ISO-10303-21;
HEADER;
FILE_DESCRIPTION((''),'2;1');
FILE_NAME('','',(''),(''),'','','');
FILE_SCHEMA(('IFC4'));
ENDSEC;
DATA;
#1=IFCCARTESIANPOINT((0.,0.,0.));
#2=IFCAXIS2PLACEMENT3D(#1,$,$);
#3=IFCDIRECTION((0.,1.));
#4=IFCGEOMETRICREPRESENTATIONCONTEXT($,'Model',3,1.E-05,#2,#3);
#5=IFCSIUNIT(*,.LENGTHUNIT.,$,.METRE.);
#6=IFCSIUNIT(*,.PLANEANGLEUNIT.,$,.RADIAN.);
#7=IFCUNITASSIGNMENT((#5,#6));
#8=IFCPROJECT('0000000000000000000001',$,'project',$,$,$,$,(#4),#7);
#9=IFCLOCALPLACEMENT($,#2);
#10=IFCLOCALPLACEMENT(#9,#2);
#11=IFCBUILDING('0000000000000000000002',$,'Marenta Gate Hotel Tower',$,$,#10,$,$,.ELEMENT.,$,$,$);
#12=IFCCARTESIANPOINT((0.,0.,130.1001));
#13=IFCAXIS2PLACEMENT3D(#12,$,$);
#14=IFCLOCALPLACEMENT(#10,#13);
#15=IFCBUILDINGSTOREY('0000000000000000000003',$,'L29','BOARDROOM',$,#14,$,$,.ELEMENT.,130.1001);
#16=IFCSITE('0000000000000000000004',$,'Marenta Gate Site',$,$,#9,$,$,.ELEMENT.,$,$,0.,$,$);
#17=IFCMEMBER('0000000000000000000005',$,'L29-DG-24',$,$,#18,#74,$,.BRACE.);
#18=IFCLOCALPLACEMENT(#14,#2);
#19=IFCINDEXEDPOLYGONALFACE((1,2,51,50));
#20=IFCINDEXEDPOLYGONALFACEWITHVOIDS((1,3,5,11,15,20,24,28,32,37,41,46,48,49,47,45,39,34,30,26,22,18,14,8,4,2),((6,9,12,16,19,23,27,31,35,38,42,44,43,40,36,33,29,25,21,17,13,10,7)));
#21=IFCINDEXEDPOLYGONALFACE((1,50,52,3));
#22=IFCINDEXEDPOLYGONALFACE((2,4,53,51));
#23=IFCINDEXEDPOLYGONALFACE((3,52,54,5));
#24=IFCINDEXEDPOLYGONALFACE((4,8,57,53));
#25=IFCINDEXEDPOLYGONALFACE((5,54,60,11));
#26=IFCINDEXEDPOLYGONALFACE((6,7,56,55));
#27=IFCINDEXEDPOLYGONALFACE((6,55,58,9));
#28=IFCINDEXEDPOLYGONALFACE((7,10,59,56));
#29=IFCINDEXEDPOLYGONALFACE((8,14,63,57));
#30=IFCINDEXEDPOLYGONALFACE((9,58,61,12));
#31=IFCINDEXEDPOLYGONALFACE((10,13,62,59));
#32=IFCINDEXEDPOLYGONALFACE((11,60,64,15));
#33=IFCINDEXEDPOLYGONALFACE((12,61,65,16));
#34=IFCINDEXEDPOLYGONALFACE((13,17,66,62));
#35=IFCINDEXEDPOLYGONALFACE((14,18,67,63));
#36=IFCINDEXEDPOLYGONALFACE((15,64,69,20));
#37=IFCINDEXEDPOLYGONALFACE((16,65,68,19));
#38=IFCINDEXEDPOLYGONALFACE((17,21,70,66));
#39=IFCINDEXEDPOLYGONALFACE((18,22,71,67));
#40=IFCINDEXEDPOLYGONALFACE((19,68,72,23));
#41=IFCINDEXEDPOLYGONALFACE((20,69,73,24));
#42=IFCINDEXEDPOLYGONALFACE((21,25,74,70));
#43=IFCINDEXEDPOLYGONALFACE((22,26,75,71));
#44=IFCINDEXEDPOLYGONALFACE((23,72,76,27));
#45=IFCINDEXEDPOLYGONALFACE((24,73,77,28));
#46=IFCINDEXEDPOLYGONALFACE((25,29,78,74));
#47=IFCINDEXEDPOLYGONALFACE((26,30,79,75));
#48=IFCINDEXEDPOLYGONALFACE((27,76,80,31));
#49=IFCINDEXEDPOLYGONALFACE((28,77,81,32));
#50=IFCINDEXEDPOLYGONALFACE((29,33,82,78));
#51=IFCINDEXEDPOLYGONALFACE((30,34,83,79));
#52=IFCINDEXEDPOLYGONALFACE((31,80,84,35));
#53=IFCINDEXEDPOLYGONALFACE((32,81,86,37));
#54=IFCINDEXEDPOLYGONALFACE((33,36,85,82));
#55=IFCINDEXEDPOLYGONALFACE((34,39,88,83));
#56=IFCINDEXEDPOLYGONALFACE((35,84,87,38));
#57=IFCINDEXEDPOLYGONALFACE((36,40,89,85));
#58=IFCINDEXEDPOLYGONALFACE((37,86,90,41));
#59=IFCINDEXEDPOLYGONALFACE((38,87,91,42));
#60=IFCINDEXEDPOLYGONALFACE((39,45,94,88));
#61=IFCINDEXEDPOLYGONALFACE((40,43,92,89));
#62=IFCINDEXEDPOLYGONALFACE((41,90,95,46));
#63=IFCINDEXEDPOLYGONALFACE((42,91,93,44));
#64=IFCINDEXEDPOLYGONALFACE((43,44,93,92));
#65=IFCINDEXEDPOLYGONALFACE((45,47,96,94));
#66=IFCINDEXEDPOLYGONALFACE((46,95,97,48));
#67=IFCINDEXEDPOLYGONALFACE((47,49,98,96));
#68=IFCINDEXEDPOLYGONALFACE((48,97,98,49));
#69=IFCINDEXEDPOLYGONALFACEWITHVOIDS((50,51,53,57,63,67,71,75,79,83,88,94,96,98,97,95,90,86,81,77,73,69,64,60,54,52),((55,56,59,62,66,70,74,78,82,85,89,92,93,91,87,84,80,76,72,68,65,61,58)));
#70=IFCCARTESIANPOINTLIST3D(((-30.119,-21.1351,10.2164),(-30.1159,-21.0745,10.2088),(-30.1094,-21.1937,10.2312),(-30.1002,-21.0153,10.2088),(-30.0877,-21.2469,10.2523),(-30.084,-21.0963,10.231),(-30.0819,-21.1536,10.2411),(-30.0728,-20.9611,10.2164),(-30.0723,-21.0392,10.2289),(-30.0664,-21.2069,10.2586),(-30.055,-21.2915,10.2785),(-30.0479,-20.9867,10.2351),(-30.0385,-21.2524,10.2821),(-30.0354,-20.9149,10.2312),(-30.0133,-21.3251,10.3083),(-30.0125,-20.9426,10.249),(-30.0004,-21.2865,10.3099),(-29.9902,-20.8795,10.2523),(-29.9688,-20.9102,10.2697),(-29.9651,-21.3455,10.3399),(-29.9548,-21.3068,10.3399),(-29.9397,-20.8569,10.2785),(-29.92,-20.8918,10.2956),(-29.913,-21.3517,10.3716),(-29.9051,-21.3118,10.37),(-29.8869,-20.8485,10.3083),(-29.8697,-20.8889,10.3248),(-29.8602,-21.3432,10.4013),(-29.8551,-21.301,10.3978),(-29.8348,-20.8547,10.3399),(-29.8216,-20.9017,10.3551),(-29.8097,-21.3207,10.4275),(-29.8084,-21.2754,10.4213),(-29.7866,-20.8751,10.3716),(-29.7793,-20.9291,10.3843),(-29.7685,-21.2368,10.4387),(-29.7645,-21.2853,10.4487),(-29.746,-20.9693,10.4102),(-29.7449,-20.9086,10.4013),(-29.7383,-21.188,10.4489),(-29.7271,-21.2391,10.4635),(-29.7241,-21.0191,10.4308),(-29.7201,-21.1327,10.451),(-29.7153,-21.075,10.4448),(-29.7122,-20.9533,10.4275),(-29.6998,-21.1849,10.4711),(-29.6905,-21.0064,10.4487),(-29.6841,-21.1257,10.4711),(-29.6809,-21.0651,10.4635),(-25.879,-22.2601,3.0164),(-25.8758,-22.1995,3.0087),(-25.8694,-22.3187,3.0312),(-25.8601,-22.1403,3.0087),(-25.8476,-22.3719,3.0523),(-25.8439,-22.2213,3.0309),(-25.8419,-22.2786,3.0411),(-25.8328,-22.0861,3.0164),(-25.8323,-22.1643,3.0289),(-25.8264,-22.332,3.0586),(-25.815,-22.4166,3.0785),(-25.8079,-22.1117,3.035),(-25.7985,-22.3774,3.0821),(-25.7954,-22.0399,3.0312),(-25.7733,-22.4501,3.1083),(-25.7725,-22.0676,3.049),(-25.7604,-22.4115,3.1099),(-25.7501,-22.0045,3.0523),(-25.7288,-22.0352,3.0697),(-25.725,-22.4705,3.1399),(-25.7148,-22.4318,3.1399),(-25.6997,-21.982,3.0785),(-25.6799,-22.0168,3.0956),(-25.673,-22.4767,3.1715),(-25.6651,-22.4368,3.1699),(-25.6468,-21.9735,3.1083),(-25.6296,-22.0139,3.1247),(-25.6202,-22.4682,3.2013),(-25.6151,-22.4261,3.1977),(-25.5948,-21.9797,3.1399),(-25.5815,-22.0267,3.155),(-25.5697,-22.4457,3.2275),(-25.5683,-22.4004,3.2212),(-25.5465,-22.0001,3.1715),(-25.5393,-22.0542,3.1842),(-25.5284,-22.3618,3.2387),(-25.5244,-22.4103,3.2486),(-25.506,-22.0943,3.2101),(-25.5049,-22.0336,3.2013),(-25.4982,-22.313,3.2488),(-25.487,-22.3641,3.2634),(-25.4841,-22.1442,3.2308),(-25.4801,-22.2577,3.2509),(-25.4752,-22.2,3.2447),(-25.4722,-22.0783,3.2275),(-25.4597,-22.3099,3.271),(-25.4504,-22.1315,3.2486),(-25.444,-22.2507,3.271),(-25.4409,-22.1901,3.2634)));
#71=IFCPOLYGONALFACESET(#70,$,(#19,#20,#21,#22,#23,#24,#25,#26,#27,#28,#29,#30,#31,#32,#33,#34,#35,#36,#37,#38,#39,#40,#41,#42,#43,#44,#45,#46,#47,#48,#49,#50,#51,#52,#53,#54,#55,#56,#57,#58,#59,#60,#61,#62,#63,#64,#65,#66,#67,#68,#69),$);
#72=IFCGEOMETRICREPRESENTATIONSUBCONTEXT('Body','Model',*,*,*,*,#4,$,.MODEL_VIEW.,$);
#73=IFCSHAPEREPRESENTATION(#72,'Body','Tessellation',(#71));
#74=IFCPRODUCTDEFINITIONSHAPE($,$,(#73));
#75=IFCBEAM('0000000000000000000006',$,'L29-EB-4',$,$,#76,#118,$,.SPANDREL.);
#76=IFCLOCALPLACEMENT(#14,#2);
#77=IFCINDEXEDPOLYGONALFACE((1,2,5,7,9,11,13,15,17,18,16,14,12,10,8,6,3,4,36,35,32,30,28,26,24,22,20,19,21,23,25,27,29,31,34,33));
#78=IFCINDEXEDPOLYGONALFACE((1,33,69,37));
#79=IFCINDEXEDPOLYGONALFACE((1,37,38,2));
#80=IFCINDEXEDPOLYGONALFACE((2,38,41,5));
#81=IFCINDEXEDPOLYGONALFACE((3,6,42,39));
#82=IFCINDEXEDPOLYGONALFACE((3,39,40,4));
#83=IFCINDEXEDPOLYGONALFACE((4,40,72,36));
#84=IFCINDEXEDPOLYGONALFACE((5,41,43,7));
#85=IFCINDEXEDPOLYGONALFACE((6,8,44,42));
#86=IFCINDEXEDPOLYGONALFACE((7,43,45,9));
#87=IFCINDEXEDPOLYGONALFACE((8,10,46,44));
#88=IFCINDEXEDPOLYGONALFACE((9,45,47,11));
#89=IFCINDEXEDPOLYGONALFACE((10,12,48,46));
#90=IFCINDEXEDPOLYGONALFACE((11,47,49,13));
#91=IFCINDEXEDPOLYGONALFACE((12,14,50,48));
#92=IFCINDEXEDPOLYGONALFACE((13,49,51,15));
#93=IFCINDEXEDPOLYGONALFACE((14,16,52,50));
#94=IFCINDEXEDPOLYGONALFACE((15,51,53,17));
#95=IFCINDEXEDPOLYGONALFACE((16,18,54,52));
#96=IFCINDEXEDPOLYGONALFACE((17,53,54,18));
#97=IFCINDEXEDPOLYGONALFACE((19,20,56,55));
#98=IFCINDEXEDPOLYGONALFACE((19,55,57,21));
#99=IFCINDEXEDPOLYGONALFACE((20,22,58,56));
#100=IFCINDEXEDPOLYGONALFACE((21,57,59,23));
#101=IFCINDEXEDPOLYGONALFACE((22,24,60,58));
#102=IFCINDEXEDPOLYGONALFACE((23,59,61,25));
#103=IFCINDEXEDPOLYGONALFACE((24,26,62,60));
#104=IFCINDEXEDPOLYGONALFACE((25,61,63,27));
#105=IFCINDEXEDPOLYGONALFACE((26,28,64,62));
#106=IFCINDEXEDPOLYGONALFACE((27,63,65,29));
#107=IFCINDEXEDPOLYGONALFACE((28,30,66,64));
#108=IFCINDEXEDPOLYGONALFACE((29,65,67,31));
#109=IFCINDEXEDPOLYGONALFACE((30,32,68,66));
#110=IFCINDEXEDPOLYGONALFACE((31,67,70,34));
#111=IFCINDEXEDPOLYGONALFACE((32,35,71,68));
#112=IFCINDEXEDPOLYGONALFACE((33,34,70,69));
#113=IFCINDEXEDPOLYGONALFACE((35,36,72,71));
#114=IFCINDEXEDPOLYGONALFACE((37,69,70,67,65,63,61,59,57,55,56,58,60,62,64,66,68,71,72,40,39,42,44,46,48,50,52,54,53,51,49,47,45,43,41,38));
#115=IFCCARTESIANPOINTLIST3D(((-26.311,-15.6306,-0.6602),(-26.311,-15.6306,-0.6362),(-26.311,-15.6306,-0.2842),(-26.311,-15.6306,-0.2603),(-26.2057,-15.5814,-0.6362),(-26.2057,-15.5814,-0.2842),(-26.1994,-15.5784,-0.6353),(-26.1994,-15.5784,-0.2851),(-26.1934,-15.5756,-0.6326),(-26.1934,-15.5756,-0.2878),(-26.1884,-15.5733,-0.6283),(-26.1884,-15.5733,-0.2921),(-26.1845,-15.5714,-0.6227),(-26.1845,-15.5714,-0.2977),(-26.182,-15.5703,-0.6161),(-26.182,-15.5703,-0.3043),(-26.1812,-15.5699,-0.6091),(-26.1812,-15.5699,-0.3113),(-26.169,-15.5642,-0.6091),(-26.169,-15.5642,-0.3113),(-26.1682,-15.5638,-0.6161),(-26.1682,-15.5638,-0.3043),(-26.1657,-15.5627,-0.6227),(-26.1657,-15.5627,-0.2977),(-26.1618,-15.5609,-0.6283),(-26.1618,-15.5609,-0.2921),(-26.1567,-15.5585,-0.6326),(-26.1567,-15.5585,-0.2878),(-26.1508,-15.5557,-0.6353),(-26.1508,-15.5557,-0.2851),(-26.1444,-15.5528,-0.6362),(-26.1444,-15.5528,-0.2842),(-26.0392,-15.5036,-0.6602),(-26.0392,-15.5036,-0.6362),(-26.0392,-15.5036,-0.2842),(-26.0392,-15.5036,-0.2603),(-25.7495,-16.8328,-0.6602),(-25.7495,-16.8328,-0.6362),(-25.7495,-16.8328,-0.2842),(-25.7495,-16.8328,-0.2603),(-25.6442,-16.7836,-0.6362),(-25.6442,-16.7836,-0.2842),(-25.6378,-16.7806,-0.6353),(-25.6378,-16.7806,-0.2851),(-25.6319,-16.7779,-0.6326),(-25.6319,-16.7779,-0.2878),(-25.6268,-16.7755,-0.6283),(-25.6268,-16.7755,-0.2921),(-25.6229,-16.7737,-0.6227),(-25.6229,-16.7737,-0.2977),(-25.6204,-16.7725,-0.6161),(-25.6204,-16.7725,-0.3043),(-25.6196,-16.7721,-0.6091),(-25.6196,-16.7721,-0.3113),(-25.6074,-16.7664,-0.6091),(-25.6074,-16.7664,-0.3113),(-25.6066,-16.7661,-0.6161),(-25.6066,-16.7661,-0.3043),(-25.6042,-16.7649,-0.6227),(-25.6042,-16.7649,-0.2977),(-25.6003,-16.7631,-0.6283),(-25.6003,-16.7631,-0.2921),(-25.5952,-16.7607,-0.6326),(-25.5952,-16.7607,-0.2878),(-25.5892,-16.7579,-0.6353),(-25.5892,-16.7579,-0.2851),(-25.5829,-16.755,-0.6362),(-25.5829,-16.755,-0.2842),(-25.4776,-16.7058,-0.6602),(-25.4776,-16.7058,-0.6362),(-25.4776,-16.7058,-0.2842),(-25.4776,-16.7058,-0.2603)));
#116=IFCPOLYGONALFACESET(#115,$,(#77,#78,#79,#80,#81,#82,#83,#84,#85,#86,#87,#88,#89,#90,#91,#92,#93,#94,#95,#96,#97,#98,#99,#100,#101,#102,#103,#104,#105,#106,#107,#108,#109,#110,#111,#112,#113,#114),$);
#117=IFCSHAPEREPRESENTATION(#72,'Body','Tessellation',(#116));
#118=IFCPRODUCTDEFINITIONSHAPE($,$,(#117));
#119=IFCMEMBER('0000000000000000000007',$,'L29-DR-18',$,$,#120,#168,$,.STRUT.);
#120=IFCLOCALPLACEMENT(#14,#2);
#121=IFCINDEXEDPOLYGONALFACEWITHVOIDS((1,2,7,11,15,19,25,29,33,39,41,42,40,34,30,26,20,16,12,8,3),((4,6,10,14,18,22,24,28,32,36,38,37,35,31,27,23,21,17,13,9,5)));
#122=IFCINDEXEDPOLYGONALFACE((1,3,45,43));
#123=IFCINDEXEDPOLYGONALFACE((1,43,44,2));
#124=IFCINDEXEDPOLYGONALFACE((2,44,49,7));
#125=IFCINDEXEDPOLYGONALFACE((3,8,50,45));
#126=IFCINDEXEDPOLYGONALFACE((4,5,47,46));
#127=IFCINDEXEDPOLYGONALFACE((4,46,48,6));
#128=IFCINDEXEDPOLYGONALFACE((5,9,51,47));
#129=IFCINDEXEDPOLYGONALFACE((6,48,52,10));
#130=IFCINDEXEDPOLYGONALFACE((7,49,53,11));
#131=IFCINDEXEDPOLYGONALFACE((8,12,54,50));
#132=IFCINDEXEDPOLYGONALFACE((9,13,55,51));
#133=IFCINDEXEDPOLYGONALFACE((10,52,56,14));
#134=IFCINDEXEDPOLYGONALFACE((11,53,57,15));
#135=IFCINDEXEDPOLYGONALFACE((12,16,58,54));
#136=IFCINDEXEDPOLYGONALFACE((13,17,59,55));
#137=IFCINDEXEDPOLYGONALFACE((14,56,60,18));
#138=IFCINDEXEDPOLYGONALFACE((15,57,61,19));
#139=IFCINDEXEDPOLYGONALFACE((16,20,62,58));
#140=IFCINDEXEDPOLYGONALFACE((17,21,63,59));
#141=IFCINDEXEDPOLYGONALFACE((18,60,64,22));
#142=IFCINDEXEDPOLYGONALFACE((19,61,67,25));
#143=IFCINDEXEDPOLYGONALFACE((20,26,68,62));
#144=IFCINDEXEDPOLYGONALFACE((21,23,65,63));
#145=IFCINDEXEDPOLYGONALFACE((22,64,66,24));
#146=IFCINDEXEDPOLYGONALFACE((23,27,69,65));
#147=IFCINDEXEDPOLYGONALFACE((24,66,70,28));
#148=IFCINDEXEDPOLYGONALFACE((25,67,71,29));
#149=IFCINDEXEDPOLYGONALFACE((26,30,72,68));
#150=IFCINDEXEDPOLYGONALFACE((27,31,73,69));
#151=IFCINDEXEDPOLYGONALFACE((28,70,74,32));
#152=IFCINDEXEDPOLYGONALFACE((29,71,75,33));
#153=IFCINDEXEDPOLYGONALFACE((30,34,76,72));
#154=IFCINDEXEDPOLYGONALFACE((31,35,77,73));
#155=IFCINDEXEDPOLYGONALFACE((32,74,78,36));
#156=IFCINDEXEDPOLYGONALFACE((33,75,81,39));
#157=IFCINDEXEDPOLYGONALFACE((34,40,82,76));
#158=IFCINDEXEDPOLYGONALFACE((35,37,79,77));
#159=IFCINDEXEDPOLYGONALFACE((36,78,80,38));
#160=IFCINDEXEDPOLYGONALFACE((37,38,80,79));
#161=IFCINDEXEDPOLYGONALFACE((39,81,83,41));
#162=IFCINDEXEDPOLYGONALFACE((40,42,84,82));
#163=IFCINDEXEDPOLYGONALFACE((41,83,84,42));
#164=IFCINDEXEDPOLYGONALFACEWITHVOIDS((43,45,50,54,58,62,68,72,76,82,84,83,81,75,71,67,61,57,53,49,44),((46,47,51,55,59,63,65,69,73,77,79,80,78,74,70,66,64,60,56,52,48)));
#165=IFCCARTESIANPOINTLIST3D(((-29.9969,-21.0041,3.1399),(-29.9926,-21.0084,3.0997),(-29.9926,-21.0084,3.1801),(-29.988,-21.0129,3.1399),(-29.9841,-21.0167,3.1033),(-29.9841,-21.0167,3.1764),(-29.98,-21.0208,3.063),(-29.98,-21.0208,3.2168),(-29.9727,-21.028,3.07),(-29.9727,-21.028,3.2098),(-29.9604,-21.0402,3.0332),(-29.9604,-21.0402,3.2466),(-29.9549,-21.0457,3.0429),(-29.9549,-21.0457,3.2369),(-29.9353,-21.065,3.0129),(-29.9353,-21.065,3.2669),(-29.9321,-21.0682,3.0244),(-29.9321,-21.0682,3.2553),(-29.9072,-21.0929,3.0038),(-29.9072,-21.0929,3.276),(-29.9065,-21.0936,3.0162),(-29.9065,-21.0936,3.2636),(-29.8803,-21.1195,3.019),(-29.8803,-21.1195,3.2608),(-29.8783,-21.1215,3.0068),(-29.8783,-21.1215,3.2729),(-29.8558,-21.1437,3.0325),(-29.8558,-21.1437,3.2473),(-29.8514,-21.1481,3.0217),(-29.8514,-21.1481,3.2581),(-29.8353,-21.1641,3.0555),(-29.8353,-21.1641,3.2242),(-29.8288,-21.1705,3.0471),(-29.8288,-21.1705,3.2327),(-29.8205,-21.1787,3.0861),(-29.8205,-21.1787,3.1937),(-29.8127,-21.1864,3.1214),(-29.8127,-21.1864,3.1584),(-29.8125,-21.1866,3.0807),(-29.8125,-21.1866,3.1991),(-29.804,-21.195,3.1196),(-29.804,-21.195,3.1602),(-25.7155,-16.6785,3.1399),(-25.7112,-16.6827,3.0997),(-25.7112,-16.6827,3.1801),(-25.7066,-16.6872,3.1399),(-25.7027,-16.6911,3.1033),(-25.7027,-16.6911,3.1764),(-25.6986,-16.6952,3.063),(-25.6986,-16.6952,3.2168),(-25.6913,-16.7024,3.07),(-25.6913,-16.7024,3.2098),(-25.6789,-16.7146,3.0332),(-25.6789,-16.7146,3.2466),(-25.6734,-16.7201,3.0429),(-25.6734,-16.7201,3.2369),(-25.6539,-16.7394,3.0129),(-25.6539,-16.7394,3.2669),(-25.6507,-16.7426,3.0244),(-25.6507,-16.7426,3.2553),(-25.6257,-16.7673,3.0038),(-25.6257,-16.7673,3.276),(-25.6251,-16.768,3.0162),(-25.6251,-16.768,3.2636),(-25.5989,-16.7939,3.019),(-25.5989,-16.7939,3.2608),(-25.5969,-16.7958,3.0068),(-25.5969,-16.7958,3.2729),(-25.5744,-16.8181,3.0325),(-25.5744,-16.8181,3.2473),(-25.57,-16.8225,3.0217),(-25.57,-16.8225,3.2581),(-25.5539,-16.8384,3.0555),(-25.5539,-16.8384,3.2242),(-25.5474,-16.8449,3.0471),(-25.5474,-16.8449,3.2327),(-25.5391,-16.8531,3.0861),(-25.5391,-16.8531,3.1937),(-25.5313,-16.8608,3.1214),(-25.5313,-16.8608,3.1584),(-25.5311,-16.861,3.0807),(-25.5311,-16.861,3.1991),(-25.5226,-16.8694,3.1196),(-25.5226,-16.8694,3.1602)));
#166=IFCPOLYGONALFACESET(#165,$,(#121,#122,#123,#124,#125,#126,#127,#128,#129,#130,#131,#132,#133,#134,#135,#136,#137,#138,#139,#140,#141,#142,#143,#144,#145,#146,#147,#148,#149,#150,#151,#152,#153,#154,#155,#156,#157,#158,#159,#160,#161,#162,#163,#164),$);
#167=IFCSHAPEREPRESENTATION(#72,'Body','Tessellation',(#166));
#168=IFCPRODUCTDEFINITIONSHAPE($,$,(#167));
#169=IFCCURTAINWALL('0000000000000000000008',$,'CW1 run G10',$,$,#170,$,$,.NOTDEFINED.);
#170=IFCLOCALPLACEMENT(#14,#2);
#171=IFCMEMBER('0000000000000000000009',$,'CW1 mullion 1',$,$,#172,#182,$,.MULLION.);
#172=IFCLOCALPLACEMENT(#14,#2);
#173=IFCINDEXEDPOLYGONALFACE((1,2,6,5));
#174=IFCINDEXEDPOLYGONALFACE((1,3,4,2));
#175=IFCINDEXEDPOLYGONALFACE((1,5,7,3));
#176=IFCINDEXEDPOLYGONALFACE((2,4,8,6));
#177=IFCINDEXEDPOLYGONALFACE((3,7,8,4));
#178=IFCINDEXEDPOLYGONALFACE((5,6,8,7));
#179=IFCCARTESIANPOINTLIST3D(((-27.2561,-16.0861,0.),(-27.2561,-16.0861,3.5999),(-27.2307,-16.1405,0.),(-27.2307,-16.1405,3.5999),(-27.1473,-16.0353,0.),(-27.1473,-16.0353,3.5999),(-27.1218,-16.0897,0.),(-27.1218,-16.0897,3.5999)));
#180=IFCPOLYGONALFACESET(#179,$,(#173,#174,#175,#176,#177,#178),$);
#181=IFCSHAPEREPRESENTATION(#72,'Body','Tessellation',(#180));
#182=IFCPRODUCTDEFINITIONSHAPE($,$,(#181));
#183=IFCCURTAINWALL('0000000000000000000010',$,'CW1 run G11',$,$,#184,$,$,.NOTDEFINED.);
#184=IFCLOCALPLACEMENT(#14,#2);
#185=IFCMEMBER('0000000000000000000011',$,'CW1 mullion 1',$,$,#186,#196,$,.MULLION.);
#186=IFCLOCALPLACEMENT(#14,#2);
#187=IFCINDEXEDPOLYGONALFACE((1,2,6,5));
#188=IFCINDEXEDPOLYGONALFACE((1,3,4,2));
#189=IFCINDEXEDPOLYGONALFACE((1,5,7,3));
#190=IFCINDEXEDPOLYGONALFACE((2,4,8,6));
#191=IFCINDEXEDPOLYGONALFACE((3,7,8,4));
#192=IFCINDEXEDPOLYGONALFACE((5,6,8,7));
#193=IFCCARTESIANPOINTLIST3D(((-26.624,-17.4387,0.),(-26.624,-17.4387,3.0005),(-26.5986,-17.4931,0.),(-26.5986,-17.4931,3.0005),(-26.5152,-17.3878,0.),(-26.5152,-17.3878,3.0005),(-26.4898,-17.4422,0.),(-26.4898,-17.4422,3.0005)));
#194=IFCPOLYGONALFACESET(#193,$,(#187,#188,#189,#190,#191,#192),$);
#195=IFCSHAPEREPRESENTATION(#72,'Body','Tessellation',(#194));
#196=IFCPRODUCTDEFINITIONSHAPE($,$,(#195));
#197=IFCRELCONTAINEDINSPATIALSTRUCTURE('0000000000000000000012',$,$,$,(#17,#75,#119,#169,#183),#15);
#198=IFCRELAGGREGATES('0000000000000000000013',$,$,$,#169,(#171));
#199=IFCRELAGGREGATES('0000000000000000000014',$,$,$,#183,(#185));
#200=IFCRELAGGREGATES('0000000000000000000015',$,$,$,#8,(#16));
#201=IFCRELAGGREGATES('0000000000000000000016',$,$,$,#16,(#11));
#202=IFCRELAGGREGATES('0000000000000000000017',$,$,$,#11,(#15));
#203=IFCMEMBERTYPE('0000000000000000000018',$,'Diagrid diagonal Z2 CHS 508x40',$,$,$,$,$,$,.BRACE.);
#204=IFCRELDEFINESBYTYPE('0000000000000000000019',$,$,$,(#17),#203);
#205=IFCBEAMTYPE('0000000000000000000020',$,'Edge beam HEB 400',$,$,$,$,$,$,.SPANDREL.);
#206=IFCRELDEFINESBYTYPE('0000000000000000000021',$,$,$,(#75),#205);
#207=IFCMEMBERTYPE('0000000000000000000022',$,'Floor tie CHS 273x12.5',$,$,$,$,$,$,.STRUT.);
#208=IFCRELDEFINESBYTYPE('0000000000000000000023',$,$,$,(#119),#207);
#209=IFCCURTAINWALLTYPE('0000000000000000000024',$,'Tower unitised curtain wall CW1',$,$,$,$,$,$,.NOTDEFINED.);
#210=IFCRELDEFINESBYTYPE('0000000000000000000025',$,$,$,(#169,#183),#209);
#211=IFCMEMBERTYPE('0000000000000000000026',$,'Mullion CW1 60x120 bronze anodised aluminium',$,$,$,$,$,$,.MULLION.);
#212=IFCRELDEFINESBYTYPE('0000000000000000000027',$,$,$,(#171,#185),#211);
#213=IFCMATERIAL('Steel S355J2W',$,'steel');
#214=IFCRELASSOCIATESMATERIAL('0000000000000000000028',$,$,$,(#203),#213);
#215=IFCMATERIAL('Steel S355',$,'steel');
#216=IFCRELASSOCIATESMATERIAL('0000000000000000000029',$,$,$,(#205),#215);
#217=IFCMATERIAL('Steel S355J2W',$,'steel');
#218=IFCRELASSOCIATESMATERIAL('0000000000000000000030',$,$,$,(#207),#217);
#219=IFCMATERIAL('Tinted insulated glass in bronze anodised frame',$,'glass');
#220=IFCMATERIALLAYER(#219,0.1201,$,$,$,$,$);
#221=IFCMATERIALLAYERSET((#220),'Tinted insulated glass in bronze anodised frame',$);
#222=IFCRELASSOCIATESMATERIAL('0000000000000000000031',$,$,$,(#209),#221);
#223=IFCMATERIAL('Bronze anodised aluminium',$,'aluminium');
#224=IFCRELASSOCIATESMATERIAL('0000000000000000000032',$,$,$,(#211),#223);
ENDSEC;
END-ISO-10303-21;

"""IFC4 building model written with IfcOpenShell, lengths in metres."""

from ifc_helpers import new_model, si_unit, direction, frame, origin, origin_2d, place, context, subcontext, project, spatial, rectangle, hollow_circle, i_section, extrude, material, layer, layer_set, material_profile, profile_set, type_object, element, aggregate, save


model = new_model("IFC4")

# Units and contexts
model_context = context("Model", 3, precision=1e-05, world=origin(), true_north=direction((0.0, 1.0)))
body_context = subcontext(model_context, "Body", "Model", "MODEL_VIEW")
ifc_project = project(units=[si_unit("LENGTHUNIT", "METRE"), si_unit("PLANEANGLEUNIT", "RADIAN")], contexts=[model_context])

# Site, building, storey
site_placement = place(None, origin())
site = spatial("IfcSite", under=ifc_project, at=site_placement, Name="Marenta Gate Site", CompositionType="ELEMENT", RefElevation=0.0)
building_placement = place(site_placement, origin())
building = spatial("IfcBuilding", under=site, at=building_placement, Name="Marenta Gate Hotel Tower", CompositionType="ELEMENT")
storey_placement = place(building_placement, frame((0.0, 0.0, 130.1001)))
storey = spatial("IfcBuildingStorey", under=building, at=storey_placement, Name="L29", Description="BOARDROOM", CompositionType="ELEMENT", Elevation=130.1001)

# Member
ifc_material_1 = material(Name="Steel S355J2W", Category="steel")
ifc_material_profile_1 = material_profile(ifc_material_1, hollow_circle(Radius=0.2539, WallThickness=0.04, at=origin_2d()), Name="CHS 508x40")
ifc_profile_set_1 = profile_set([ifc_material_profile_1], Name="Steel S355J2W")
member_type_1 = type_object("IfcMemberType", Name="Diagrid diagonal Z2 CHS 508x40", PredefinedType="BRACE", material=ifc_profile_set_1)
member_1_placement = place(storey_placement, frame((-25.6599, -22.2251, 3.1399), z_axis=(-0.502902, 0.133435, 0.853981), x_axis=(-0.256457, -0.966556, 0.0)))
element("IfcMember", 1, at=member_1_placement, inside=storey, type_object=member_type_1, Name="L29-DG-24", PredefinedType="BRACE", context=body_context, shape_type="SweptSolid", body=[
    extrude(hollow_circle(Radius=0.2539, WallThickness=0.04, at=origin_2d()), origin(), (0.0, 0.0, 1.0), 8.4312),
])

# Beam
ifc_material_2 = material(Name="Steel S355", Category="steel")
ifc_material_profile_2 = material_profile(ifc_material_2, i_section(OverallWidth=0.3, OverallDepth=0.3999, WebThickness=0.0134, FlangeThickness=0.0239, FilletRadius=0.0271, at=origin_2d()), Name="HEB 400")
ifc_profile_set_2 = profile_set([ifc_material_profile_2], Name="Steel S355")
beam_type = type_object("IfcBeamType", Name="Edge beam HEB 400", PredefinedType="SPANDREL", material=ifc_profile_set_2)
beam_placement = place(storey_placement, frame((-25.6135, -16.7693, -0.4602), z_axis=(-0.423208, 0.906033, 0.0), x_axis=(-0.906033, -0.423208, 0.0)))
element("IfcBeam", 2, at=beam_placement, inside=storey, type_object=beam_type, Name="L29-EB-4", PredefinedType="SPANDREL", context=body_context, shape_type="SweptSolid", body=[
    extrude(i_section(OverallWidth=0.3, OverallDepth=0.3999, WebThickness=0.0134, FlangeThickness=0.0239, FilletRadius=0.0271, at=origin_2d()), origin(), (0.0, 0.0, 1.0), 1.3269),
])

# Member
ifc_material_3 = material(Name="Steel S355J2W", Category="steel")
ifc_material_profile_3 = material_profile(ifc_material_3, hollow_circle(Radius=0.1365, WallThickness=0.0125, at=origin_2d()), Name="CHS 273x12.5")
ifc_profile_set_3 = profile_set([ifc_material_profile_3], Name="Steel S355J2W")
member_type_2 = type_object("IfcMemberType", Name="Floor tie CHS 273x12.5", PredefinedType="STRUT", material=ifc_profile_set_3)
member_2_placement = place(storey_placement, frame((-29.8999, -21.1001, 3.1399), z_axis=(0.703467, 0.710728, 0.0), x_axis=(-0.710728, 0.703467, 0.0)))
element("IfcMember", 3, at=member_2_placement, inside=storey, type_object=member_type_2, Name="L29-DR-18", PredefinedType="STRUT", context=body_context, shape_type="SweptSolid", body=[
    extrude(hollow_circle(Radius=0.1365, WallThickness=0.0125, at=origin_2d()), origin(), (0.0, 0.0, 1.0), 6.0862),
])

# Curtain walls, members
ifc_material_4 = material(Name="Tinted insulated glass in bronze anodised frame", Category="glass")
ifc_layer_1 = layer(ifc_material_4, 0.1201)
ifc_layer_set_1 = layer_set([ifc_layer_1], Name="Tinted insulated glass in bronze anodised frame")
curtain_wall_type = type_object("IfcCurtainWallType", Name="Tower unitised curtain wall CW1", PredefinedType="NOTDEFINED", material=ifc_layer_set_1)
curtain_wall_1_placement = place(storey_placement, origin())
curtain_wall_1 = element("IfcCurtainWall", 4, at=curtain_wall_1_placement, inside=storey, type_object=curtain_wall_type, Name="CW1 run G10", PredefinedType="NOTDEFINED")
ifc_material_5 = material(Name="Bronze anodised aluminium", Category="aluminium")
ifc_material_profile_4 = material_profile(ifc_material_5, rectangle(XDim=0.1201, YDim=0.0601, at=origin_2d()), Name="Mullion CW1 60x120 bronze anodised aluminium")
ifc_profile_set_4 = profile_set([ifc_material_profile_4], Name="Bronze anodised aluminium")
member_type_3 = type_object("IfcMemberType", Name="Mullion CW1 60x120 bronze anodised aluminium", PredefinedType="MULLION", material=ifc_profile_set_4)
member_3_placement = place(storey_placement, frame((-27.189, -16.0879, 0.0), z_axis=(0.0, 0.0, 1.0), x_axis=(0.905967, 0.423347, 0.0)))
member_3 = element("IfcMember", 5, at=member_3_placement, type_object=member_type_3, Name="CW1 mullion 1", PredefinedType="MULLION", context=body_context, shape_type="SweptSolid", body=[
    extrude(rectangle(XDim=0.1201, YDim=0.0601, at=origin_2d()), origin(), (0.0, 0.0, 1.0), 3.5999),
])
curtain_wall_2_placement = place(storey_placement, origin())
curtain_wall_2 = element("IfcCurtainWall", 6, at=curtain_wall_2_placement, inside=storey, type_object=curtain_wall_type, Name="CW1 run G11", PredefinedType="NOTDEFINED")
member_4_placement = place(storey_placement, frame((-26.5569, -17.4404, 0.0), z_axis=(0.0, 0.0, 1.0), x_axis=(0.905961, 0.423362, 0.0)))
member_4 = element("IfcMember", 7, at=member_4_placement, type_object=member_type_3, Name="CW1 mullion 1", PredefinedType="MULLION", context=body_context, shape_type="SweptSolid", body=[
    extrude(rectangle(XDim=0.1201, YDim=0.0601, at=origin_2d()), origin(), (0.0, 0.0, 1.0), 3.0005),
])

aggregate(curtain_wall_1, [member_3])
aggregate(curtain_wall_2, [member_4])

save(model, "model.ifc")
